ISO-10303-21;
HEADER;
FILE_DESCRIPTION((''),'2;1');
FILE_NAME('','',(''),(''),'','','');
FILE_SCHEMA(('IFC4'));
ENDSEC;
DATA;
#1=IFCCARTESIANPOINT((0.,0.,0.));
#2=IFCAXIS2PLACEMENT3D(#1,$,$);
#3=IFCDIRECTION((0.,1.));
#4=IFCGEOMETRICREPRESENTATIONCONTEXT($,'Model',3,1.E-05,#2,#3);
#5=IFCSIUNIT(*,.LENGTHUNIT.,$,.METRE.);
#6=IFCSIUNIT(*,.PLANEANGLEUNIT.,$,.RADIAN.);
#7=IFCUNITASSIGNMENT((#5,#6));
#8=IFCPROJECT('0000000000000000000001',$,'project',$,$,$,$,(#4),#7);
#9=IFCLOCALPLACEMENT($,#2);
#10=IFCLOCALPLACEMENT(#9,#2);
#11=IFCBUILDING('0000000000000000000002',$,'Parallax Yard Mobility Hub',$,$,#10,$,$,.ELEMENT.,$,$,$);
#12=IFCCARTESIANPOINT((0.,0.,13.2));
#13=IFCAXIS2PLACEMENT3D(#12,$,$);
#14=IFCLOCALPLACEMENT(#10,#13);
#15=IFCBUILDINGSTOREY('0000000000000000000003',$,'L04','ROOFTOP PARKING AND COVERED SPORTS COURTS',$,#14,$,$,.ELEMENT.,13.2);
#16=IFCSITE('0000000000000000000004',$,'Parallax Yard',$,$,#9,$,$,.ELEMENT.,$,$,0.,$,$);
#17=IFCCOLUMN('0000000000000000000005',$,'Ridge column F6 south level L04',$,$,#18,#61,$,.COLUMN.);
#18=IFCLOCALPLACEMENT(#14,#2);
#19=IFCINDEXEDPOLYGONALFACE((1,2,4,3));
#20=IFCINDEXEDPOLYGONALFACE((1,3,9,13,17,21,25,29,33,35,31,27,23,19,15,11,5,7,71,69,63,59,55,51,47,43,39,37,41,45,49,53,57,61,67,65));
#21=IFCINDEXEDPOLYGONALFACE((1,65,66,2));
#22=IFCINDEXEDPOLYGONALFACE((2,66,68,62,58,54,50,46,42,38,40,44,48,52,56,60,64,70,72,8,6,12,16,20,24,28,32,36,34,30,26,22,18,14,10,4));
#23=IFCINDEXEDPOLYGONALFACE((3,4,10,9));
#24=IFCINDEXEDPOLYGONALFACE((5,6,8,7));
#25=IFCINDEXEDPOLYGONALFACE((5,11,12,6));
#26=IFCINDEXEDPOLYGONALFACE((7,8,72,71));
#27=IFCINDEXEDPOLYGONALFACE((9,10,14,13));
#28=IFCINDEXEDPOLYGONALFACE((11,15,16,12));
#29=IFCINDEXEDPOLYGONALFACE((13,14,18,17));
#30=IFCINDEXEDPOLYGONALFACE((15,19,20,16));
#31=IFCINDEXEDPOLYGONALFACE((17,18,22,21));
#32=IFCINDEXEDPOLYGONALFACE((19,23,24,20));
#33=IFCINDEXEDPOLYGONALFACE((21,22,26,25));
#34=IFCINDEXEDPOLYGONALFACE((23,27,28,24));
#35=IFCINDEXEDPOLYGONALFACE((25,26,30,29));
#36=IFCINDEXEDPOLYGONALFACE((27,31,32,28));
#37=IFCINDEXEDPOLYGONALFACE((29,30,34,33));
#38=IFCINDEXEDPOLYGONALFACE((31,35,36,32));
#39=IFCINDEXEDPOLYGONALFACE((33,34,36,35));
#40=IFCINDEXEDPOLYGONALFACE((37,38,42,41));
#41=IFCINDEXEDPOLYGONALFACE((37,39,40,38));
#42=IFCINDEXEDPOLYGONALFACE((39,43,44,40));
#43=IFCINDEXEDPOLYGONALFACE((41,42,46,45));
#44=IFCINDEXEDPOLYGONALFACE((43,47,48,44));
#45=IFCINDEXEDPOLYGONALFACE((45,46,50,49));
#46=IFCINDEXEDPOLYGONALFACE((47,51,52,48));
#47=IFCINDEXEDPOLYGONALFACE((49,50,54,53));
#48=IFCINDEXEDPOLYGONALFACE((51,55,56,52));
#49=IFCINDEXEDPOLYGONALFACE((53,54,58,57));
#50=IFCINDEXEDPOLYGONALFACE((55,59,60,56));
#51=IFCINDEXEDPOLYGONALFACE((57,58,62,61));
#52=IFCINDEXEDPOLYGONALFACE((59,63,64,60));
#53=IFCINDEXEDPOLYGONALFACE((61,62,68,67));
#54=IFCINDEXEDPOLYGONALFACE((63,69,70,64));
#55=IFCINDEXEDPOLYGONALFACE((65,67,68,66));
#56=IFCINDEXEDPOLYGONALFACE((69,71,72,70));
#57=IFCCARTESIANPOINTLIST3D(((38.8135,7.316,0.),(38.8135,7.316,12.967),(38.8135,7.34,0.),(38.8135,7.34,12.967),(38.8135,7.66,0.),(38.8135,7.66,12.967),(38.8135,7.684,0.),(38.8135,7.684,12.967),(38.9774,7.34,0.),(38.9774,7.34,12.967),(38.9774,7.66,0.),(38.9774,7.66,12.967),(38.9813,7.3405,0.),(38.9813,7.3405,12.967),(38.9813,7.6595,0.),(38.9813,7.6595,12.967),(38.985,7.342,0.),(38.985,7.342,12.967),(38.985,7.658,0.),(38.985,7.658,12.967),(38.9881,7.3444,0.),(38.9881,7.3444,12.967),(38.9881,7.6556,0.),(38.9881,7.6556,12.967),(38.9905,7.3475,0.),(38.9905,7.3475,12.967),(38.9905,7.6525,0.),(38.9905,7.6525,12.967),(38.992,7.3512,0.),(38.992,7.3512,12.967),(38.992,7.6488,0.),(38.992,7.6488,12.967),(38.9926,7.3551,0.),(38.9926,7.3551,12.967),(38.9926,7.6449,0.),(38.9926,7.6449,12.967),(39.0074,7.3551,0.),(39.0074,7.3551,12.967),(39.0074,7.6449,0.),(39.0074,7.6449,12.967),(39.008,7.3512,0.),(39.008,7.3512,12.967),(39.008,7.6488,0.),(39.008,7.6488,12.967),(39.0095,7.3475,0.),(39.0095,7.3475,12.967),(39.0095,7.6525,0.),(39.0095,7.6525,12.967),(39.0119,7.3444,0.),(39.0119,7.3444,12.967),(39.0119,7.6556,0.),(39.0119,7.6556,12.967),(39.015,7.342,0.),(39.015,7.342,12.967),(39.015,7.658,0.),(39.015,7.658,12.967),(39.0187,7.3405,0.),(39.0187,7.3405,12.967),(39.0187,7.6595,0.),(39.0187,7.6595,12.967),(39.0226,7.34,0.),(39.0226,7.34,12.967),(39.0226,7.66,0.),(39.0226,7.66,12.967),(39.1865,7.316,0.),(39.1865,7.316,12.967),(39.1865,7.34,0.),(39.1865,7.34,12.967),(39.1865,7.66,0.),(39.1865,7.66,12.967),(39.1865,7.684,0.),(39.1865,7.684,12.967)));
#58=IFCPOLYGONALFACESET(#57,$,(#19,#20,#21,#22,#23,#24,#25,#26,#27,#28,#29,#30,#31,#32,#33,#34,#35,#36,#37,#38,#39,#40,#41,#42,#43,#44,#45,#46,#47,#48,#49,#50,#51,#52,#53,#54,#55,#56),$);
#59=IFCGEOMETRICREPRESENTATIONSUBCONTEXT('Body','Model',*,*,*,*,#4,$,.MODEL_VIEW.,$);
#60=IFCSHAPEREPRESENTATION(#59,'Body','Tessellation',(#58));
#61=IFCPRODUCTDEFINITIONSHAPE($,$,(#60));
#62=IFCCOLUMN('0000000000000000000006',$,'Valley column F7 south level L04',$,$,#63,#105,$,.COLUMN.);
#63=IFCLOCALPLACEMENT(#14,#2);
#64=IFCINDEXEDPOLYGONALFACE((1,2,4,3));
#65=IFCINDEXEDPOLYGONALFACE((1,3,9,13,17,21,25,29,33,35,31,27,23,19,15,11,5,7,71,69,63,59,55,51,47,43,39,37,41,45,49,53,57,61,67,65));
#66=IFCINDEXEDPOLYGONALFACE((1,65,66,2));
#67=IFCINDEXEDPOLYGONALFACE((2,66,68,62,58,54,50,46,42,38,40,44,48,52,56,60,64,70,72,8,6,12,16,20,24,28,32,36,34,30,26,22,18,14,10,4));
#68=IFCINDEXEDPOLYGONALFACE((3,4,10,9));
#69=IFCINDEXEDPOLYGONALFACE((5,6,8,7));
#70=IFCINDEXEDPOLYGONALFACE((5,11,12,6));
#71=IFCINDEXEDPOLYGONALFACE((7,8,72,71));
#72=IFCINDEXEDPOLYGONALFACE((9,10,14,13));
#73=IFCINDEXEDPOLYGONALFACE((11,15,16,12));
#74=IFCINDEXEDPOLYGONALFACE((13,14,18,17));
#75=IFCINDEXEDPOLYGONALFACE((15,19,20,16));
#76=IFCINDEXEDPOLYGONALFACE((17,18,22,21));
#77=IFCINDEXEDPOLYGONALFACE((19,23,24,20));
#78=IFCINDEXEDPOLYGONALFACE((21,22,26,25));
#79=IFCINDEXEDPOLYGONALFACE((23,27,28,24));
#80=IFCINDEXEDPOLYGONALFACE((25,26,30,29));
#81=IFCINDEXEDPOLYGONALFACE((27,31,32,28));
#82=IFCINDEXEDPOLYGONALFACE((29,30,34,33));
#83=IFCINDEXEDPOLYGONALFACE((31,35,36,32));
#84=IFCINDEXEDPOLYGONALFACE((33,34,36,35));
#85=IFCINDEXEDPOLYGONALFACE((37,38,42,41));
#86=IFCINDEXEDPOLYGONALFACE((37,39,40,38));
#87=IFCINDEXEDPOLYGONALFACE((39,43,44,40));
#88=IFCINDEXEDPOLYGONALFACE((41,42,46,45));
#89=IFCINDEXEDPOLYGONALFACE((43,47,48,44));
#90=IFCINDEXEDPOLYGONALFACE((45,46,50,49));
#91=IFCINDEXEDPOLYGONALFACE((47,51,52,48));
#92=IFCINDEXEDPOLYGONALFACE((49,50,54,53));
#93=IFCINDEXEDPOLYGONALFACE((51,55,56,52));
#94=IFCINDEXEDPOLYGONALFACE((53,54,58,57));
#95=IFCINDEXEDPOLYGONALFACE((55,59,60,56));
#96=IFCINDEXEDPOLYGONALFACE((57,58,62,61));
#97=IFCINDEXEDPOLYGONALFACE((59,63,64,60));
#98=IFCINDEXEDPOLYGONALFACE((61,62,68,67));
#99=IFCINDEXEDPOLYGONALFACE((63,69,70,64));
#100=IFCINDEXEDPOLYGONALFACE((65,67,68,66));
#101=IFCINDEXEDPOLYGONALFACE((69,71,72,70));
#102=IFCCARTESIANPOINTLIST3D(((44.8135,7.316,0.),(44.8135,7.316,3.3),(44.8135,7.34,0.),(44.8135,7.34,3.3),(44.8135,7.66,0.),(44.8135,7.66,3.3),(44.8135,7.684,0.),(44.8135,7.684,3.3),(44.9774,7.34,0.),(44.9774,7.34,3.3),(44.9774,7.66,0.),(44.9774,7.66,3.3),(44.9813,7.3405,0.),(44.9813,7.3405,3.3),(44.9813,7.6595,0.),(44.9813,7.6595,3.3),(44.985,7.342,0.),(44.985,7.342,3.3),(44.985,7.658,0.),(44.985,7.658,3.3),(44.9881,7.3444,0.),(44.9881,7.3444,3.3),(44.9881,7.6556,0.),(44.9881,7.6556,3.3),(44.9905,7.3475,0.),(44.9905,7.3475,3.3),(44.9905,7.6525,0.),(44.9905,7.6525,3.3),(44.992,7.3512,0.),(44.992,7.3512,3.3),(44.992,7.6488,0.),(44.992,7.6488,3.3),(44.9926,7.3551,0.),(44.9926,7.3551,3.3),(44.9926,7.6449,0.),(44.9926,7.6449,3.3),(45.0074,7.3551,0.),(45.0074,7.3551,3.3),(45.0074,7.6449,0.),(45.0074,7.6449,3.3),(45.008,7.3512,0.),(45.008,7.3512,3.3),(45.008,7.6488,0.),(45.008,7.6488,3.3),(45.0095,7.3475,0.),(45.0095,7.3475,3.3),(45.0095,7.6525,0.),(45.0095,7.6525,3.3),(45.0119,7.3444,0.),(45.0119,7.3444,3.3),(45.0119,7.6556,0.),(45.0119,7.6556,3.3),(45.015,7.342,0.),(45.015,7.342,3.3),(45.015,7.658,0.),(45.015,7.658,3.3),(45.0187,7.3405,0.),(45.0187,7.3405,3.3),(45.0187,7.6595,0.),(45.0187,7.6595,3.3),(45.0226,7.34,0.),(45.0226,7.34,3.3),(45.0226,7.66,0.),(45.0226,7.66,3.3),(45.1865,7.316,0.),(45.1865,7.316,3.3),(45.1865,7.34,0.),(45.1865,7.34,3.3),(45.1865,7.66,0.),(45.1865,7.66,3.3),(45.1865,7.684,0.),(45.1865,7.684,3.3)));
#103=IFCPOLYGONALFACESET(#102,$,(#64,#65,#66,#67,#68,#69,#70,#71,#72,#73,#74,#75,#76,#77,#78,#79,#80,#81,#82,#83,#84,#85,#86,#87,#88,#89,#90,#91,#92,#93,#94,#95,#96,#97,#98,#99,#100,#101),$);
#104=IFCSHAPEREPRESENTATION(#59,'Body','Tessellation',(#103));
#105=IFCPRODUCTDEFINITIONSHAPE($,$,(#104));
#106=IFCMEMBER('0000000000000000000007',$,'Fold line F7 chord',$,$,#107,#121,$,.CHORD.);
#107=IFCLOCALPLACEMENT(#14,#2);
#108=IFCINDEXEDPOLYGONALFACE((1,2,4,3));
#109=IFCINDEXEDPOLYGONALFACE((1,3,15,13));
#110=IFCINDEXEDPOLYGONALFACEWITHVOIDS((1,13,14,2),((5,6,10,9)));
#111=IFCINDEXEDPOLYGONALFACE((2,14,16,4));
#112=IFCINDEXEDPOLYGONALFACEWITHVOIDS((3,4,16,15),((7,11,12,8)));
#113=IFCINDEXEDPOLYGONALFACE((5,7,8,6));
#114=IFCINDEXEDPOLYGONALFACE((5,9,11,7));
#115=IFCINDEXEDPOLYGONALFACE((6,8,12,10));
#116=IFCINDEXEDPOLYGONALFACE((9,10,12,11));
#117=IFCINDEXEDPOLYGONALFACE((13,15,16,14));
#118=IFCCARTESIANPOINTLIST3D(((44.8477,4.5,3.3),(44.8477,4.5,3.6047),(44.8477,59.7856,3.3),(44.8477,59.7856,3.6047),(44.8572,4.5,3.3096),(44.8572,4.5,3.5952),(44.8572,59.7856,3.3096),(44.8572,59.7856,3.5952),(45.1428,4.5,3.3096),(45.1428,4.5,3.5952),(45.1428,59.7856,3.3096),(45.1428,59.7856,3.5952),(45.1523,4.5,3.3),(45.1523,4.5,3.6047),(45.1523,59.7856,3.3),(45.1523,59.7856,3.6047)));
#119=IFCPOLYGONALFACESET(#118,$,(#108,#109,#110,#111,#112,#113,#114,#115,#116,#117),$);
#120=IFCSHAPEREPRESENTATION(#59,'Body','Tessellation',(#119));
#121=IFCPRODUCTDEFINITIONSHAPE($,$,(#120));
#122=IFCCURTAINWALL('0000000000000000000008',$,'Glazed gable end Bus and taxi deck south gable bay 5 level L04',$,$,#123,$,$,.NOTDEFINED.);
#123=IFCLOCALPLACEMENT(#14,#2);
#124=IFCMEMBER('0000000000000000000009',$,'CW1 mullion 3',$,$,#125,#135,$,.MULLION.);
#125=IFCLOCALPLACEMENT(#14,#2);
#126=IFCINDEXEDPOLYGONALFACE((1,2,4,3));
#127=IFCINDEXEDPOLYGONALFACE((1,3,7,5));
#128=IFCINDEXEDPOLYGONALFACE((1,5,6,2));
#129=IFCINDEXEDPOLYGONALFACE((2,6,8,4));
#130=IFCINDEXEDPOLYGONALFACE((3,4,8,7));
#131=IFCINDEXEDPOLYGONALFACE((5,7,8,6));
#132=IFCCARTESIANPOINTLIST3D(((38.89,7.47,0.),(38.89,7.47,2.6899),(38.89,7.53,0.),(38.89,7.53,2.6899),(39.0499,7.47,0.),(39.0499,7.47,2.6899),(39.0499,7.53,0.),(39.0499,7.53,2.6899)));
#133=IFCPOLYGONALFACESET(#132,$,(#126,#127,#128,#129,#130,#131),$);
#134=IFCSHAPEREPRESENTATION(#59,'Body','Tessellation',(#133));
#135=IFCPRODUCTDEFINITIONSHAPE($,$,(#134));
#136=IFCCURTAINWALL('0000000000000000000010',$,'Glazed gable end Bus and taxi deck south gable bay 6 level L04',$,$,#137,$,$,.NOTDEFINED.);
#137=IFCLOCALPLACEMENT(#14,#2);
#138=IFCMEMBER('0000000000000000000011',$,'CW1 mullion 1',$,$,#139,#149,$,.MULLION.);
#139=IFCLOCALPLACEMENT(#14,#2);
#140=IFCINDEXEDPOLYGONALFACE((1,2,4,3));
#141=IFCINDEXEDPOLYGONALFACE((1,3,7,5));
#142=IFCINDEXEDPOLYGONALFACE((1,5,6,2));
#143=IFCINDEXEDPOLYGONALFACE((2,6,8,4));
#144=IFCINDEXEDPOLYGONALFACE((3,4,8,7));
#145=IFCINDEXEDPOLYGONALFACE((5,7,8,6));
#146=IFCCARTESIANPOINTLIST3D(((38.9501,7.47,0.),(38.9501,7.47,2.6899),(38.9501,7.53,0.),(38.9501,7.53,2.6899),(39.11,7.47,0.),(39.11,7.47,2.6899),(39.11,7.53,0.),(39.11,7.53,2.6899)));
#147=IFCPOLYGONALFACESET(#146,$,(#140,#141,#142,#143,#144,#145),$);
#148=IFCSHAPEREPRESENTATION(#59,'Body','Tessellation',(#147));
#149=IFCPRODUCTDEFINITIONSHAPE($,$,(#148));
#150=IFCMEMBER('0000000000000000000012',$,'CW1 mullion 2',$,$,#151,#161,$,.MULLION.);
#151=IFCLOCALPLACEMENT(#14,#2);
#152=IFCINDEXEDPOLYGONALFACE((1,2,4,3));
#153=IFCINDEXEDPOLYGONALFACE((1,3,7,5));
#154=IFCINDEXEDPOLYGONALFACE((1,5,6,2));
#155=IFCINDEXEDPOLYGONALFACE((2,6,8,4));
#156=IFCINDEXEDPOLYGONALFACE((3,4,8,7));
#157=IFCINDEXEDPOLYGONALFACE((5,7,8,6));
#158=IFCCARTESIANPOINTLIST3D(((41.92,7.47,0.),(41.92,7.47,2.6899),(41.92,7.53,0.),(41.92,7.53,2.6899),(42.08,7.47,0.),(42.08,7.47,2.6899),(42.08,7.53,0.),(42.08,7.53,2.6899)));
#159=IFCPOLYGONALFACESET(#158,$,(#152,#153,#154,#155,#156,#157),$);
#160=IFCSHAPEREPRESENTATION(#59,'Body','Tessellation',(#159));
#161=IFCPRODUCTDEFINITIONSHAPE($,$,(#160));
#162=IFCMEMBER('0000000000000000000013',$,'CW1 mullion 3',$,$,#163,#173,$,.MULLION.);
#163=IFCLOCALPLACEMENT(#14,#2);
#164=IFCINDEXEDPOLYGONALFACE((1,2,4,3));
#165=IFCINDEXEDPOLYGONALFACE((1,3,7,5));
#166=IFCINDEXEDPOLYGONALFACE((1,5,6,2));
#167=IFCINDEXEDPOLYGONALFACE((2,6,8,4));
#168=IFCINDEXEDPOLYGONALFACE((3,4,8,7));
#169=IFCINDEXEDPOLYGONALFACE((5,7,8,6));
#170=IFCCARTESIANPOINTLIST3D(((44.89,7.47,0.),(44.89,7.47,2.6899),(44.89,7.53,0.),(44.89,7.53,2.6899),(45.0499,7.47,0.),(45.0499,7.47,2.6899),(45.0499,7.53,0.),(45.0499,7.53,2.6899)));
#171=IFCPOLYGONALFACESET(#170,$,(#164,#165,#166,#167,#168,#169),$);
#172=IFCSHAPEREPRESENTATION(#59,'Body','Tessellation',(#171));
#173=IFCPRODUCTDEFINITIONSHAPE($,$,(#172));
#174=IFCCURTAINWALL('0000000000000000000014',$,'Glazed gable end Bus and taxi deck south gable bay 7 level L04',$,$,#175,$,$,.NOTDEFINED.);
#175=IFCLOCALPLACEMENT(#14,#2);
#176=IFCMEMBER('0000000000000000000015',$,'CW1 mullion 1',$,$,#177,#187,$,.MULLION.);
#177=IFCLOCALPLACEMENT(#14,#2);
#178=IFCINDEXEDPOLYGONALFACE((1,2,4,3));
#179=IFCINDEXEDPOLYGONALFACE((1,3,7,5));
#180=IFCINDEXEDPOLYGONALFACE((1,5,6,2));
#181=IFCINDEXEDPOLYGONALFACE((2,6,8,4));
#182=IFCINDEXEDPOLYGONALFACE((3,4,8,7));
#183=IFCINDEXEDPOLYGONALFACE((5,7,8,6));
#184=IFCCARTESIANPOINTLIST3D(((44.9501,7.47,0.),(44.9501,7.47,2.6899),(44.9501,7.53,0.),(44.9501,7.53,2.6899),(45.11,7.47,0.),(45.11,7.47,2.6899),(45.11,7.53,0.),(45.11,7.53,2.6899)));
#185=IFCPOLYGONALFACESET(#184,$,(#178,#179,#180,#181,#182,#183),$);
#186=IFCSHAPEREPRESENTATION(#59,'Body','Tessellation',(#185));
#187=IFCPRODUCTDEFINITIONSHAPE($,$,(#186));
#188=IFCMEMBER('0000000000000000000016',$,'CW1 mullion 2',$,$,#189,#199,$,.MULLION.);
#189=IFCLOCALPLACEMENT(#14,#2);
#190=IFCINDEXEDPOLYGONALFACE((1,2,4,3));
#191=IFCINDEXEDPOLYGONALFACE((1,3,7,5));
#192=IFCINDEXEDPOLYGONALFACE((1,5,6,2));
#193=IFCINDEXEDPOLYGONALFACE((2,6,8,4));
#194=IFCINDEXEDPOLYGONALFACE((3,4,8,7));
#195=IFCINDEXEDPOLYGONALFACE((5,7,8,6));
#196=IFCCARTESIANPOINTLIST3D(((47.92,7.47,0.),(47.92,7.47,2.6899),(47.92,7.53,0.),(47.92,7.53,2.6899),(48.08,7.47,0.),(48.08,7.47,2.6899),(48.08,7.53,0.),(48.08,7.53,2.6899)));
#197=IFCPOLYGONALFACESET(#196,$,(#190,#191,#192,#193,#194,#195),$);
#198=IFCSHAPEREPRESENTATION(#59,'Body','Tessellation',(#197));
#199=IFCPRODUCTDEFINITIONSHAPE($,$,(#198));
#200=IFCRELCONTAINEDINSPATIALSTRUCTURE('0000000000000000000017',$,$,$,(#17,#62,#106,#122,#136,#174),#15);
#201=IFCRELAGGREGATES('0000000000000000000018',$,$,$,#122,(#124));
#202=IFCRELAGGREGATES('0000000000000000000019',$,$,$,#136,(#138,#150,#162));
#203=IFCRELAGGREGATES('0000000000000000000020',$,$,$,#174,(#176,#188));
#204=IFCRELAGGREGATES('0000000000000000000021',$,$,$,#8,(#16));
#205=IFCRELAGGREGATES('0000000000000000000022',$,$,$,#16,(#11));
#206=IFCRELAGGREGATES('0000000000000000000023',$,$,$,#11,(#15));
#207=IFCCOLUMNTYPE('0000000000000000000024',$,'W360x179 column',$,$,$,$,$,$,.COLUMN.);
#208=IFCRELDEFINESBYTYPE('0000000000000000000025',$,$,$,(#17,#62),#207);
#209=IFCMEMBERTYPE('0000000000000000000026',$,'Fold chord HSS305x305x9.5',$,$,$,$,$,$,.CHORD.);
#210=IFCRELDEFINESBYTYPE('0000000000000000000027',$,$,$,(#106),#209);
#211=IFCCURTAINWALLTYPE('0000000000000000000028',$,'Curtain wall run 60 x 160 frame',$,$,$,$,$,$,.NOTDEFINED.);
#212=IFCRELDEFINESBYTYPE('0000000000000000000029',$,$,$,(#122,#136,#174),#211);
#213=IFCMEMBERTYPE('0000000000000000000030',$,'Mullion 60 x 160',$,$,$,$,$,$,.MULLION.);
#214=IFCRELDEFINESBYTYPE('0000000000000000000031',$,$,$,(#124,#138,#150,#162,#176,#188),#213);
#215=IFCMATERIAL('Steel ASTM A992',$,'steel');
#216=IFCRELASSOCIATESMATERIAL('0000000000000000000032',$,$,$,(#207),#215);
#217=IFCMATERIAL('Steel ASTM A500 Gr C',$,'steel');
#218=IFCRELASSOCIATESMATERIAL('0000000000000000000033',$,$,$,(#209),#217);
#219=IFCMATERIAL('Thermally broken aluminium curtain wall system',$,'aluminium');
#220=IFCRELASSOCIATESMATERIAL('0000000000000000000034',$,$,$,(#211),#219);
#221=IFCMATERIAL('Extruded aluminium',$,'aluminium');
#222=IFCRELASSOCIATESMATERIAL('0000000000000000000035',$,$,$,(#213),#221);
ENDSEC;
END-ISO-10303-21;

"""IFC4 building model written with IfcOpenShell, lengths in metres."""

from ifc_helpers import new_model, si_unit, direction, frame, origin, origin_2d, place, context, subcontext, project, spatial, rectangle, hollow_rectangle, i_section, extrude, material, material_profile, profile_set, type_object, element, aggregate, save


model = new_model("IFC4")

# Units and contexts
model_context = context("Model", 3, precision=1e-05, world=origin(), true_north=direction((0.0, 1.0)))
body_context = subcontext(model_context, "Body", "Model", "MODEL_VIEW")
ifc_project = project(units=[si_unit("LENGTHUNIT", "METRE"), si_unit("PLANEANGLEUNIT", "RADIAN")], contexts=[model_context])

# Site, building, storey
site_placement = place(None, origin())
site = spatial("IfcSite", under=ifc_project, at=site_placement, Name="Parallax Yard", CompositionType="ELEMENT", RefElevation=0.0)
building_placement = place(site_placement, origin())
building = spatial("IfcBuilding", under=site, at=building_placement, Name="Parallax Yard Mobility Hub", CompositionType="ELEMENT")
storey_placement = place(building_placement, frame((0.0, 0.0, 13.2)))
storey = spatial("IfcBuildingStorey", under=building, at=storey_placement, Name="L04", Description="ROOFTOP PARKING AND COVERED SPORTS COURTS", CompositionType="ELEMENT", Elevation=13.2)

# Columns
ifc_material_1 = material(Name="Steel ASTM A992", Category="steel")
ifc_material_profile_1 = material_profile(ifc_material_1, i_section(OverallWidth=0.373, OverallDepth=0.3679, WebThickness=0.0149, FlangeThickness=0.0239, FilletRadius=0.0151, at=origin_2d()), Name="W360x179")
ifc_profile_set_1 = profile_set([ifc_material_profile_1], Name="Steel ASTM A992")
column_type = type_object("IfcColumnType", Name="W360x179 column", PredefinedType="COLUMN", material=ifc_profile_set_1)
column_1_placement = place(storey_placement, frame((39.0, 7.5, 0.0), z_axis=(0.0, 0.0, 1.0), x_axis=(1.0, 0.0, 0.0)))
element("IfcColumn", 1, at=column_1_placement, inside=storey, type_object=column_type, Name="Ridge column F6 south level L04", PredefinedType="COLUMN", context=body_context, shape_type="SweptSolid", body=[
    extrude(i_section(OverallWidth=0.373, OverallDepth=0.3679, WebThickness=0.0149, FlangeThickness=0.0239, FilletRadius=0.0151, at=origin_2d()), origin(), (0.0, 0.0, 1.0), 12.967),
])
column_2_placement = place(storey_placement, frame((45.0, 7.5, 0.0), z_axis=(0.0, 0.0, 1.0), x_axis=(1.0, 0.0, 0.0)))
element("IfcColumn", 2, at=column_2_placement, inside=storey, type_object=column_type, Name="Valley column F7 south level L04", PredefinedType="COLUMN", context=body_context, shape_type="SweptSolid", body=[
    extrude(i_section(OverallWidth=0.373, OverallDepth=0.3679, WebThickness=0.0149, FlangeThickness=0.0239, FilletRadius=0.0151, at=origin_2d()), origin(), (0.0, 0.0, 1.0), 3.3),
])

# Member
ifc_material_2 = material(Name="Steel ASTM A500 Gr C", Category="steel")
ifc_material_profile_2 = material_profile(ifc_material_2, hollow_rectangle(XDim=0.3047, YDim=0.3047, WallThickness=0.0095, at=origin_2d()), Name="HSS305x305x9.5")
ifc_profile_set_2 = profile_set([ifc_material_profile_2], Name="Steel ASTM A500 Gr C")
member_type_1 = type_object("IfcMemberType", Name="Fold chord HSS305x305x9.5", PredefinedType="CHORD", material=ifc_profile_set_2)
member_1_placement = place(storey_placement, frame((45.0, 4.5, 3.4524), z_axis=(0.0, 1.0, 0.0), x_axis=(-1.0, 0.0, 0.0)))
element("IfcMember", 3, at=member_1_placement, inside=storey, type_object=member_type_1, Name="Fold line F7 chord", PredefinedType="CHORD", context=body_context, shape_type="SweptSolid", body=[
    extrude(hollow_rectangle(XDim=0.3047, YDim=0.3047, WallThickness=0.0095, at=origin_2d()), origin(), (0.0, 0.0, 1.0), 55.2856),
])

# Curtain wall, member
ifc_material_3 = material(Name="Thermally broken aluminium curtain wall system", Category="aluminium")
curtain_wall_type = type_object("IfcCurtainWallType", Name="Curtain wall run 60 x 160 frame", PredefinedType="NOTDEFINED", material=ifc_material_3)
curtain_wall_1_placement = place(storey_placement, origin())
curtain_wall_1 = element("IfcCurtainWall", 4, at=curtain_wall_1_placement, inside=storey, type_object=curtain_wall_type, Name="Glazed gable end Bus and taxi deck south gable bay 5 level L04", PredefinedType="NOTDEFINED")
ifc_material_4 = material(Name="Extruded aluminium", Category="aluminium")
ifc_material_profile_3 = material_profile(ifc_material_4, rectangle(XDim=0.0601, YDim=0.1599, at=origin_2d()), Name="Mullion 60 x 160")
ifc_profile_set_3 = profile_set([ifc_material_profile_3], Name="Extruded aluminium")
member_type_2 = type_object("IfcMemberType", Name="Mullion 60 x 160", PredefinedType="MULLION", material=ifc_profile_set_3)
member_2_placement = place(storey_placement, frame((38.97, 7.5, 0.0), z_axis=(0.0, 0.0, 1.0), x_axis=(0.0, 1.0, 0.0)))
member_2 = element("IfcMember", 5, at=member_2_placement, type_object=member_type_2, Name="CW1 mullion 3", PredefinedType="MULLION", context=body_context, shape_type="SweptSolid", body=[
    extrude(rectangle(XDim=0.0601, YDim=0.1599, at=origin_2d()), origin(), (0.0, 0.0, 1.0), 2.6899),
])
aggregate(curtain_wall_1, [member_2])

# Curtain walls, members
curtain_wall_2_placement = place(storey_placement, origin())
curtain_wall_2 = element("IfcCurtainWall", 6, at=curtain_wall_2_placement, inside=storey, type_object=curtain_wall_type, Name="Glazed gable end Bus and taxi deck south gable bay 6 level L04", PredefinedType="NOTDEFINED")
member_3_placement = place(storey_placement, frame((39.03, 7.5, 0.0), z_axis=(0.0, 0.0, 1.0), x_axis=(0.0, 1.0, 0.0)))
member_3 = element("IfcMember", 7, at=member_3_placement, type_object=member_type_2, Name="CW1 mullion 1", PredefinedType="MULLION", context=body_context, shape_type="SweptSolid", body=[
    extrude(rectangle(XDim=0.0601, YDim=0.1599, at=origin_2d()), origin(), (0.0, 0.0, 1.0), 2.6899),
])
member_4_placement = place(storey_placement, frame((42.0, 7.5, 0.0), z_axis=(0.0, 0.0, 1.0), x_axis=(0.0, 1.0, 0.0)))
member_4 = element("IfcMember", 8, at=member_4_placement, type_object=member_type_2, Name="CW1 mullion 2", PredefinedType="MULLION", context=body_context, shape_type="SweptSolid", body=[
    extrude(rectangle(XDim=0.0601, YDim=0.1599, at=origin_2d()), origin(), (0.0, 0.0, 1.0), 2.6899),
])
member_5_placement = place(storey_placement, frame((44.97, 7.5, 0.0), z_axis=(0.0, 0.0, 1.0), x_axis=(0.0, 1.0, 0.0)))
member_5 = element("IfcMember", 9, at=member_5_placement, type_object=member_type_2, Name="CW1 mullion 3", PredefinedType="MULLION", context=body_context, shape_type="SweptSolid", body=[
    extrude(rectangle(XDim=0.0601, YDim=0.1599, at=origin_2d()), origin(), (0.0, 0.0, 1.0), 2.6899),
])
curtain_wall_3_placement = place(storey_placement, origin())
curtain_wall_3 = element("IfcCurtainWall", 10, at=curtain_wall_3_placement, inside=storey, type_object=curtain_wall_type, Name="Glazed gable end Bus and taxi deck south gable bay 7 level L04", PredefinedType="NOTDEFINED")
member_6_placement = place(storey_placement, frame((45.03, 7.5, 0.0), z_axis=(0.0, 0.0, 1.0), x_axis=(0.0, 1.0, 0.0)))
member_6 = element("IfcMember", 11, at=member_6_placement, type_object=member_type_2, Name="CW1 mullion 1", PredefinedType="MULLION", context=body_context, shape_type="SweptSolid", body=[
    extrude(rectangle(XDim=0.0601, YDim=0.1599, at=origin_2d()), origin(), (0.0, 0.0, 1.0), 2.6899),
])
member_7_placement = place(storey_placement, frame((48.0, 7.5, 0.0), z_axis=(0.0, 0.0, 1.0), x_axis=(0.0, 1.0, 0.0)))
member_7 = element("IfcMember", 12, at=member_7_placement, type_object=member_type_2, Name="CW1 mullion 2", PredefinedType="MULLION", context=body_context, shape_type="SweptSolid", body=[
    extrude(rectangle(XDim=0.0601, YDim=0.1599, at=origin_2d()), origin(), (0.0, 0.0, 1.0), 2.6899),
])

aggregate(curtain_wall_2, [member_3, member_4, member_5])
aggregate(curtain_wall_3, [member_6, member_7])

save(model, "model.ifc")
